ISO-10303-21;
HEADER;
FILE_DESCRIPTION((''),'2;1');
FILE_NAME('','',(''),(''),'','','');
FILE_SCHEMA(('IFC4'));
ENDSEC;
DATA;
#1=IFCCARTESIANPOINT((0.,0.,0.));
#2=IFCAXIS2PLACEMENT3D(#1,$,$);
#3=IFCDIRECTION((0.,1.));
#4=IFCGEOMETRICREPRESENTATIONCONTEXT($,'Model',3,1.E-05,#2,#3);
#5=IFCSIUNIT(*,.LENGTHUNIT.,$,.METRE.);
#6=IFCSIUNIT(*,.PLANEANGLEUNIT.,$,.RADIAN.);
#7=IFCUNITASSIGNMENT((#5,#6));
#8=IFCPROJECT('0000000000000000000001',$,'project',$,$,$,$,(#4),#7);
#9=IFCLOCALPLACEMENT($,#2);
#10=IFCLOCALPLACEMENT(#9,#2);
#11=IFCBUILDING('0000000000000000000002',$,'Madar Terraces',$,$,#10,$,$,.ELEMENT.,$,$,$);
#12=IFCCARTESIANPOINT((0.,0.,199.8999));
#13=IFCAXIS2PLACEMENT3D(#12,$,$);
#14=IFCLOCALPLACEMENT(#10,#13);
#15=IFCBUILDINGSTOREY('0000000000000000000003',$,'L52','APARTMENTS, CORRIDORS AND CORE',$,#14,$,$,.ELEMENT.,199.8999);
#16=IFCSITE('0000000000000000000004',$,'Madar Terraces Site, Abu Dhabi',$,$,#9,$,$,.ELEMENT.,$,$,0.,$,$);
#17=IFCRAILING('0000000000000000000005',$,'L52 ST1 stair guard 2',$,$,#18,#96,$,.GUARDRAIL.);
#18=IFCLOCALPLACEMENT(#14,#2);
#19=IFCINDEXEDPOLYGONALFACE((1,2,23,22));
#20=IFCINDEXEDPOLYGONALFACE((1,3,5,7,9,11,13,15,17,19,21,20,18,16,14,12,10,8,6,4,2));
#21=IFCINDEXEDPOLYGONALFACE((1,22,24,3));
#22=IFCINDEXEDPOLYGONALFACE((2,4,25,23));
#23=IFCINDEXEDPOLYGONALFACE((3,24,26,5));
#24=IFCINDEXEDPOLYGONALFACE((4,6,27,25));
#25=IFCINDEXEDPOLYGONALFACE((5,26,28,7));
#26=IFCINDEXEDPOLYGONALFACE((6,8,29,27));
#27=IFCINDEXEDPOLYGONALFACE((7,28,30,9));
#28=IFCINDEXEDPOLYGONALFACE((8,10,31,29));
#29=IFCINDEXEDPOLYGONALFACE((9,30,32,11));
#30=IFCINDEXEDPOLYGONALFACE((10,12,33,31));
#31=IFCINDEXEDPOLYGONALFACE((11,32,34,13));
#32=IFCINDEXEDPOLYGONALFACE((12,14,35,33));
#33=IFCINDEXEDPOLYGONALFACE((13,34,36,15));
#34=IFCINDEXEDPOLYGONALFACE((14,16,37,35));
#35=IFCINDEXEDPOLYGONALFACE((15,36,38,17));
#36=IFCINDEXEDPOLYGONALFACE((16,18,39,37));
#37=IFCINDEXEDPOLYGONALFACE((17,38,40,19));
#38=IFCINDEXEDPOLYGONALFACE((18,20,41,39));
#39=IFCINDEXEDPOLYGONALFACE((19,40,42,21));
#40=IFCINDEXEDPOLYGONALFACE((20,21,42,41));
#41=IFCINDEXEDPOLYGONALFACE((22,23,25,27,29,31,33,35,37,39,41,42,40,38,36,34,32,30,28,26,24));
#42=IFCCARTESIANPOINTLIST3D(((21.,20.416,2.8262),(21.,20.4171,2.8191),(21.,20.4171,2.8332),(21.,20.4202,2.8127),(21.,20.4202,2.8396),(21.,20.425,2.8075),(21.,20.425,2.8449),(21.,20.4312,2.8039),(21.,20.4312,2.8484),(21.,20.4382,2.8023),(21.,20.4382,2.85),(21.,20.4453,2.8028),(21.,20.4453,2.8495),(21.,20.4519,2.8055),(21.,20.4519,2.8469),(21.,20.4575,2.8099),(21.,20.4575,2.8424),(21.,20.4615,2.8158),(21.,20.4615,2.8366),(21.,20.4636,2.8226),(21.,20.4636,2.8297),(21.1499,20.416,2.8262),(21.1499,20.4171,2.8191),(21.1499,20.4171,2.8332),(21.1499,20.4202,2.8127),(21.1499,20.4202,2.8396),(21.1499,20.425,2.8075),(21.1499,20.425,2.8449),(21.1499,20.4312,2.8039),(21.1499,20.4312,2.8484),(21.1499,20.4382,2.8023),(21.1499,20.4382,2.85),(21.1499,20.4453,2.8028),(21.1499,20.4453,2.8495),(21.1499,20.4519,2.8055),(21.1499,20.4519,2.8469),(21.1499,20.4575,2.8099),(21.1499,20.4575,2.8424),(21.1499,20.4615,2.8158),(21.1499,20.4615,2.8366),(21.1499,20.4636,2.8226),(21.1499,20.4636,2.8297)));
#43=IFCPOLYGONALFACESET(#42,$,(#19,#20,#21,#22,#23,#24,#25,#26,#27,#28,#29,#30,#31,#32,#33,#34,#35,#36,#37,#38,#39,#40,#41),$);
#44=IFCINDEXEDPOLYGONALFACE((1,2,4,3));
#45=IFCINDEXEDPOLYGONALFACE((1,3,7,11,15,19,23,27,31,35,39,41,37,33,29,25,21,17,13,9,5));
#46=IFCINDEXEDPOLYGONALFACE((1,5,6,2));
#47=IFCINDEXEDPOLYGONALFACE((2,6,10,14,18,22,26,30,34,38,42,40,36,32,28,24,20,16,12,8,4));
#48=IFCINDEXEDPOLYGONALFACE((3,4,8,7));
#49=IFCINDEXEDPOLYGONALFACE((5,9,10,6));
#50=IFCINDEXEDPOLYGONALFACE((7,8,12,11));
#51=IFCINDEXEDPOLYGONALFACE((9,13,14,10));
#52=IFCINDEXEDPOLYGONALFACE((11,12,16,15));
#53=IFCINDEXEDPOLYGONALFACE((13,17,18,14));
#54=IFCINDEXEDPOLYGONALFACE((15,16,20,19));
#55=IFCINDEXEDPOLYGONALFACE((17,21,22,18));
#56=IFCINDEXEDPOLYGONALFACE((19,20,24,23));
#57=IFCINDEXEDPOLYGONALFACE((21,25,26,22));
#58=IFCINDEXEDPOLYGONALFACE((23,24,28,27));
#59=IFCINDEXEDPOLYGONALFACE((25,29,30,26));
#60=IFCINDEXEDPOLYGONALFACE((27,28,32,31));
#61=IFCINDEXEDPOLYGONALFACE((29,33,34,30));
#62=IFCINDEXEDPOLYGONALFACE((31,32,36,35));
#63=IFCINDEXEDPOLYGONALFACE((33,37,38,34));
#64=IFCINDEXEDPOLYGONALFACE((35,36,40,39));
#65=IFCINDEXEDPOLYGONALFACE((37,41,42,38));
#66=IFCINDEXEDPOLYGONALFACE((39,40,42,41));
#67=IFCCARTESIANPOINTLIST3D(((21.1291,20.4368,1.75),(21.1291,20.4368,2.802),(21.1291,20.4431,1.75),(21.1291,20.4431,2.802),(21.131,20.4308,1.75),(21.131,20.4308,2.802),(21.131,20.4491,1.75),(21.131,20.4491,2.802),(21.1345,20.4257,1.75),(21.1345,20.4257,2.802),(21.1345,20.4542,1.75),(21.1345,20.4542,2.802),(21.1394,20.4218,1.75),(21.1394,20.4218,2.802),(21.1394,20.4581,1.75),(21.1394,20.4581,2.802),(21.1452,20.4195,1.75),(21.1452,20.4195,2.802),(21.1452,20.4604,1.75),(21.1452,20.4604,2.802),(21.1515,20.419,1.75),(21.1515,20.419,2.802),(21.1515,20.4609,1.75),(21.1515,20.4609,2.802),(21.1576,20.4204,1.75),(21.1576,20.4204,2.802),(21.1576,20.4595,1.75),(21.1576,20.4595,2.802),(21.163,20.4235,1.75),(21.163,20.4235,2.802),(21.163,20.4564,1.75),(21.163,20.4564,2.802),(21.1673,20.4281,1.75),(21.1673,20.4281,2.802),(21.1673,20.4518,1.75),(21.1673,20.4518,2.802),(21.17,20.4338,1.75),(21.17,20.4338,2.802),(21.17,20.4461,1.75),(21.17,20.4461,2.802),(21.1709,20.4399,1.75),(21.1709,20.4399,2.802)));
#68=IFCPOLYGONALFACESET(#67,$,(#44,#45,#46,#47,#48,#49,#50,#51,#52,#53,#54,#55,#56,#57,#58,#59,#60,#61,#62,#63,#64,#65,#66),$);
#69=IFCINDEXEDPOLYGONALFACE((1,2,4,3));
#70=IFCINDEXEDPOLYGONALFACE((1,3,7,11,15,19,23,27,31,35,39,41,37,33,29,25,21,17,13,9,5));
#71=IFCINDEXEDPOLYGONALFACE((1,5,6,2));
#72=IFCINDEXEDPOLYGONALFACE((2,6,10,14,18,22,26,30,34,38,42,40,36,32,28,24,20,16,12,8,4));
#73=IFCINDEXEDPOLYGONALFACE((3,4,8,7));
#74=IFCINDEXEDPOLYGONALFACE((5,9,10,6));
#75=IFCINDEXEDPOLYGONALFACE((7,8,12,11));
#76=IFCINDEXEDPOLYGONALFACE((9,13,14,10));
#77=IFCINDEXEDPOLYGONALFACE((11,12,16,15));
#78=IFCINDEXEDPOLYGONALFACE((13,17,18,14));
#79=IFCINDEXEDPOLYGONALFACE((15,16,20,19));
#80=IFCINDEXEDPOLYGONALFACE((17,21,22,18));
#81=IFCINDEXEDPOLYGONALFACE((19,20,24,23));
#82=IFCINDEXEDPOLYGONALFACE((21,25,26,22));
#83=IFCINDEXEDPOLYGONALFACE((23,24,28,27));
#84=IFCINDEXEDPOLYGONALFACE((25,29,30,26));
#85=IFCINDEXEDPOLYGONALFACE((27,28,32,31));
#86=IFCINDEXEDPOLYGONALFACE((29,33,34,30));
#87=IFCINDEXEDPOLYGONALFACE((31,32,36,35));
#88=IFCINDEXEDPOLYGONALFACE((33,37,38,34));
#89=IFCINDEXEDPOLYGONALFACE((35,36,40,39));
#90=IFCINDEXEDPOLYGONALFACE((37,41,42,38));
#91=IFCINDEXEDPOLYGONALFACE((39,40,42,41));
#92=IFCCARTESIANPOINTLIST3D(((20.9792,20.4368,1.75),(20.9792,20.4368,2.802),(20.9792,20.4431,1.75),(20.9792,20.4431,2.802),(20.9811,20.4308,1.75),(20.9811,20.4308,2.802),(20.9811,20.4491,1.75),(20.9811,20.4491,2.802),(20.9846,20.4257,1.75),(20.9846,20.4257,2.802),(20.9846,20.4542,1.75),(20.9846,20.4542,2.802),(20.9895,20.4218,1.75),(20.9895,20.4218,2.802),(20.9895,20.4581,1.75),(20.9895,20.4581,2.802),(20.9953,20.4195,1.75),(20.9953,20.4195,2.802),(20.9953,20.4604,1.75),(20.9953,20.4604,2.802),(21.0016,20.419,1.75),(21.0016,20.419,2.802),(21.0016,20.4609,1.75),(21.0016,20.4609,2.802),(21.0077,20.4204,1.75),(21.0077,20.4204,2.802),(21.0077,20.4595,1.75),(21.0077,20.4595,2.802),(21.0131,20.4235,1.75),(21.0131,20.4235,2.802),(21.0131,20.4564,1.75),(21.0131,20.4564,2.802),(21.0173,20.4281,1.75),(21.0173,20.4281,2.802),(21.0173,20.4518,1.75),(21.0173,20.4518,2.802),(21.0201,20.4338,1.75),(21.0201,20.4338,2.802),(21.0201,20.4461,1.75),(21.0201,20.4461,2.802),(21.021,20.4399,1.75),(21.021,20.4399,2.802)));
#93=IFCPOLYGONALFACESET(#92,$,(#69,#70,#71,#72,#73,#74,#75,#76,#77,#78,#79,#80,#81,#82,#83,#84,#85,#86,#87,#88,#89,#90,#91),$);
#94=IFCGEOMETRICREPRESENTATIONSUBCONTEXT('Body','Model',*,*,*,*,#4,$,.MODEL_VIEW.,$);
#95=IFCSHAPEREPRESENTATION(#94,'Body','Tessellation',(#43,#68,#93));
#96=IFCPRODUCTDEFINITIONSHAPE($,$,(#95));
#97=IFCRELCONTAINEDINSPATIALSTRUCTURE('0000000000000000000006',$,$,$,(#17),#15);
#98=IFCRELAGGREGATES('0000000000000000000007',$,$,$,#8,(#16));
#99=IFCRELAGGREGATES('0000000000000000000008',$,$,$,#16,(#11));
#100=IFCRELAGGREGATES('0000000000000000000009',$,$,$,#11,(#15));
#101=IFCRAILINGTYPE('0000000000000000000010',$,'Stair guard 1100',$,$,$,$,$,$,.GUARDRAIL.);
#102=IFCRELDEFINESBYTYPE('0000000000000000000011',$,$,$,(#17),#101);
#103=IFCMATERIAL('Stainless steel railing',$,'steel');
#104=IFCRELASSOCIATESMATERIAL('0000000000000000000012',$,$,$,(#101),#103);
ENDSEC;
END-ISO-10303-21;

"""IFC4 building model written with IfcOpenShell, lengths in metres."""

from ifc_helpers import new_model, si_unit, direction, frame, origin, origin_2d, place, context, subcontext, project, spatial, circle, extrude, material, type_object, element, save


model = new_model("IFC4")

# Units and contexts
model_context = context("Model", 3, precision=1e-05, world=origin(), true_north=direction((0.0, 1.0)))
body_context = subcontext(model_context, "Body", "Model", "MODEL_VIEW")
ifc_project = project(units=[si_unit("LENGTHUNIT", "METRE"), si_unit("PLANEANGLEUNIT", "RADIAN")], contexts=[model_context])

# Site, building, storey
site_placement = place(None, origin())
site = spatial("IfcSite", under=ifc_project, at=site_placement, Name="Madar Terraces Site, Abu Dhabi", CompositionType="ELEMENT", RefElevation=0.0)
building_placement = place(site_placement, origin())
building = spatial("IfcBuilding", under=site, at=building_placement, Name="Madar Terraces", CompositionType="ELEMENT")
storey_placement = place(building_placement, frame((0.0, 0.0, 199.8999)))
storey = spatial("IfcBuildingStorey", under=building, at=storey_placement, Name="L52", Description="APARTMENTS, CORRIDORS AND CORE", CompositionType="ELEMENT", Elevation=199.8999)

# Railing
ifc_material_1 = material(Name="Stainless steel railing", Category="steel")
railing_type_1 = type_object("IfcRailingType", Name="Stair guard 1100", PredefinedType="GUARDRAIL", material=ifc_material_1)
railing_1_placement = place(storey_placement, frame((21.1499, 20.4399, 1.75)))
element("IfcRailing", 1, at=railing_1_placement, inside=storey, type_object=railing_type_1, Name="L52 ST1 stair guard 2", PredefinedType="GUARDRAIL", context=body_context, shape_type="SweptSolid", body=[
    extrude(circle(Radius=0.0239, at=origin_2d()), frame((0.0, 0.0, 1.0762), z_axis=(-1.0, 0.0, 0.0), x_axis=(0.0, -1.0, 0.0)), (0.0, 0.0, 1.0), 0.1499),
    extrude(circle(Radius=0.021, at=origin_2d()), origin(), (0.0, 0.0, 1.0), 1.052),
    extrude(circle(Radius=0.021, at=origin_2d()), frame((-0.1499, 0.0, 0.0)), (0.0, 0.0, 1.0), 1.052),
])

save(model, "model.ifc")
